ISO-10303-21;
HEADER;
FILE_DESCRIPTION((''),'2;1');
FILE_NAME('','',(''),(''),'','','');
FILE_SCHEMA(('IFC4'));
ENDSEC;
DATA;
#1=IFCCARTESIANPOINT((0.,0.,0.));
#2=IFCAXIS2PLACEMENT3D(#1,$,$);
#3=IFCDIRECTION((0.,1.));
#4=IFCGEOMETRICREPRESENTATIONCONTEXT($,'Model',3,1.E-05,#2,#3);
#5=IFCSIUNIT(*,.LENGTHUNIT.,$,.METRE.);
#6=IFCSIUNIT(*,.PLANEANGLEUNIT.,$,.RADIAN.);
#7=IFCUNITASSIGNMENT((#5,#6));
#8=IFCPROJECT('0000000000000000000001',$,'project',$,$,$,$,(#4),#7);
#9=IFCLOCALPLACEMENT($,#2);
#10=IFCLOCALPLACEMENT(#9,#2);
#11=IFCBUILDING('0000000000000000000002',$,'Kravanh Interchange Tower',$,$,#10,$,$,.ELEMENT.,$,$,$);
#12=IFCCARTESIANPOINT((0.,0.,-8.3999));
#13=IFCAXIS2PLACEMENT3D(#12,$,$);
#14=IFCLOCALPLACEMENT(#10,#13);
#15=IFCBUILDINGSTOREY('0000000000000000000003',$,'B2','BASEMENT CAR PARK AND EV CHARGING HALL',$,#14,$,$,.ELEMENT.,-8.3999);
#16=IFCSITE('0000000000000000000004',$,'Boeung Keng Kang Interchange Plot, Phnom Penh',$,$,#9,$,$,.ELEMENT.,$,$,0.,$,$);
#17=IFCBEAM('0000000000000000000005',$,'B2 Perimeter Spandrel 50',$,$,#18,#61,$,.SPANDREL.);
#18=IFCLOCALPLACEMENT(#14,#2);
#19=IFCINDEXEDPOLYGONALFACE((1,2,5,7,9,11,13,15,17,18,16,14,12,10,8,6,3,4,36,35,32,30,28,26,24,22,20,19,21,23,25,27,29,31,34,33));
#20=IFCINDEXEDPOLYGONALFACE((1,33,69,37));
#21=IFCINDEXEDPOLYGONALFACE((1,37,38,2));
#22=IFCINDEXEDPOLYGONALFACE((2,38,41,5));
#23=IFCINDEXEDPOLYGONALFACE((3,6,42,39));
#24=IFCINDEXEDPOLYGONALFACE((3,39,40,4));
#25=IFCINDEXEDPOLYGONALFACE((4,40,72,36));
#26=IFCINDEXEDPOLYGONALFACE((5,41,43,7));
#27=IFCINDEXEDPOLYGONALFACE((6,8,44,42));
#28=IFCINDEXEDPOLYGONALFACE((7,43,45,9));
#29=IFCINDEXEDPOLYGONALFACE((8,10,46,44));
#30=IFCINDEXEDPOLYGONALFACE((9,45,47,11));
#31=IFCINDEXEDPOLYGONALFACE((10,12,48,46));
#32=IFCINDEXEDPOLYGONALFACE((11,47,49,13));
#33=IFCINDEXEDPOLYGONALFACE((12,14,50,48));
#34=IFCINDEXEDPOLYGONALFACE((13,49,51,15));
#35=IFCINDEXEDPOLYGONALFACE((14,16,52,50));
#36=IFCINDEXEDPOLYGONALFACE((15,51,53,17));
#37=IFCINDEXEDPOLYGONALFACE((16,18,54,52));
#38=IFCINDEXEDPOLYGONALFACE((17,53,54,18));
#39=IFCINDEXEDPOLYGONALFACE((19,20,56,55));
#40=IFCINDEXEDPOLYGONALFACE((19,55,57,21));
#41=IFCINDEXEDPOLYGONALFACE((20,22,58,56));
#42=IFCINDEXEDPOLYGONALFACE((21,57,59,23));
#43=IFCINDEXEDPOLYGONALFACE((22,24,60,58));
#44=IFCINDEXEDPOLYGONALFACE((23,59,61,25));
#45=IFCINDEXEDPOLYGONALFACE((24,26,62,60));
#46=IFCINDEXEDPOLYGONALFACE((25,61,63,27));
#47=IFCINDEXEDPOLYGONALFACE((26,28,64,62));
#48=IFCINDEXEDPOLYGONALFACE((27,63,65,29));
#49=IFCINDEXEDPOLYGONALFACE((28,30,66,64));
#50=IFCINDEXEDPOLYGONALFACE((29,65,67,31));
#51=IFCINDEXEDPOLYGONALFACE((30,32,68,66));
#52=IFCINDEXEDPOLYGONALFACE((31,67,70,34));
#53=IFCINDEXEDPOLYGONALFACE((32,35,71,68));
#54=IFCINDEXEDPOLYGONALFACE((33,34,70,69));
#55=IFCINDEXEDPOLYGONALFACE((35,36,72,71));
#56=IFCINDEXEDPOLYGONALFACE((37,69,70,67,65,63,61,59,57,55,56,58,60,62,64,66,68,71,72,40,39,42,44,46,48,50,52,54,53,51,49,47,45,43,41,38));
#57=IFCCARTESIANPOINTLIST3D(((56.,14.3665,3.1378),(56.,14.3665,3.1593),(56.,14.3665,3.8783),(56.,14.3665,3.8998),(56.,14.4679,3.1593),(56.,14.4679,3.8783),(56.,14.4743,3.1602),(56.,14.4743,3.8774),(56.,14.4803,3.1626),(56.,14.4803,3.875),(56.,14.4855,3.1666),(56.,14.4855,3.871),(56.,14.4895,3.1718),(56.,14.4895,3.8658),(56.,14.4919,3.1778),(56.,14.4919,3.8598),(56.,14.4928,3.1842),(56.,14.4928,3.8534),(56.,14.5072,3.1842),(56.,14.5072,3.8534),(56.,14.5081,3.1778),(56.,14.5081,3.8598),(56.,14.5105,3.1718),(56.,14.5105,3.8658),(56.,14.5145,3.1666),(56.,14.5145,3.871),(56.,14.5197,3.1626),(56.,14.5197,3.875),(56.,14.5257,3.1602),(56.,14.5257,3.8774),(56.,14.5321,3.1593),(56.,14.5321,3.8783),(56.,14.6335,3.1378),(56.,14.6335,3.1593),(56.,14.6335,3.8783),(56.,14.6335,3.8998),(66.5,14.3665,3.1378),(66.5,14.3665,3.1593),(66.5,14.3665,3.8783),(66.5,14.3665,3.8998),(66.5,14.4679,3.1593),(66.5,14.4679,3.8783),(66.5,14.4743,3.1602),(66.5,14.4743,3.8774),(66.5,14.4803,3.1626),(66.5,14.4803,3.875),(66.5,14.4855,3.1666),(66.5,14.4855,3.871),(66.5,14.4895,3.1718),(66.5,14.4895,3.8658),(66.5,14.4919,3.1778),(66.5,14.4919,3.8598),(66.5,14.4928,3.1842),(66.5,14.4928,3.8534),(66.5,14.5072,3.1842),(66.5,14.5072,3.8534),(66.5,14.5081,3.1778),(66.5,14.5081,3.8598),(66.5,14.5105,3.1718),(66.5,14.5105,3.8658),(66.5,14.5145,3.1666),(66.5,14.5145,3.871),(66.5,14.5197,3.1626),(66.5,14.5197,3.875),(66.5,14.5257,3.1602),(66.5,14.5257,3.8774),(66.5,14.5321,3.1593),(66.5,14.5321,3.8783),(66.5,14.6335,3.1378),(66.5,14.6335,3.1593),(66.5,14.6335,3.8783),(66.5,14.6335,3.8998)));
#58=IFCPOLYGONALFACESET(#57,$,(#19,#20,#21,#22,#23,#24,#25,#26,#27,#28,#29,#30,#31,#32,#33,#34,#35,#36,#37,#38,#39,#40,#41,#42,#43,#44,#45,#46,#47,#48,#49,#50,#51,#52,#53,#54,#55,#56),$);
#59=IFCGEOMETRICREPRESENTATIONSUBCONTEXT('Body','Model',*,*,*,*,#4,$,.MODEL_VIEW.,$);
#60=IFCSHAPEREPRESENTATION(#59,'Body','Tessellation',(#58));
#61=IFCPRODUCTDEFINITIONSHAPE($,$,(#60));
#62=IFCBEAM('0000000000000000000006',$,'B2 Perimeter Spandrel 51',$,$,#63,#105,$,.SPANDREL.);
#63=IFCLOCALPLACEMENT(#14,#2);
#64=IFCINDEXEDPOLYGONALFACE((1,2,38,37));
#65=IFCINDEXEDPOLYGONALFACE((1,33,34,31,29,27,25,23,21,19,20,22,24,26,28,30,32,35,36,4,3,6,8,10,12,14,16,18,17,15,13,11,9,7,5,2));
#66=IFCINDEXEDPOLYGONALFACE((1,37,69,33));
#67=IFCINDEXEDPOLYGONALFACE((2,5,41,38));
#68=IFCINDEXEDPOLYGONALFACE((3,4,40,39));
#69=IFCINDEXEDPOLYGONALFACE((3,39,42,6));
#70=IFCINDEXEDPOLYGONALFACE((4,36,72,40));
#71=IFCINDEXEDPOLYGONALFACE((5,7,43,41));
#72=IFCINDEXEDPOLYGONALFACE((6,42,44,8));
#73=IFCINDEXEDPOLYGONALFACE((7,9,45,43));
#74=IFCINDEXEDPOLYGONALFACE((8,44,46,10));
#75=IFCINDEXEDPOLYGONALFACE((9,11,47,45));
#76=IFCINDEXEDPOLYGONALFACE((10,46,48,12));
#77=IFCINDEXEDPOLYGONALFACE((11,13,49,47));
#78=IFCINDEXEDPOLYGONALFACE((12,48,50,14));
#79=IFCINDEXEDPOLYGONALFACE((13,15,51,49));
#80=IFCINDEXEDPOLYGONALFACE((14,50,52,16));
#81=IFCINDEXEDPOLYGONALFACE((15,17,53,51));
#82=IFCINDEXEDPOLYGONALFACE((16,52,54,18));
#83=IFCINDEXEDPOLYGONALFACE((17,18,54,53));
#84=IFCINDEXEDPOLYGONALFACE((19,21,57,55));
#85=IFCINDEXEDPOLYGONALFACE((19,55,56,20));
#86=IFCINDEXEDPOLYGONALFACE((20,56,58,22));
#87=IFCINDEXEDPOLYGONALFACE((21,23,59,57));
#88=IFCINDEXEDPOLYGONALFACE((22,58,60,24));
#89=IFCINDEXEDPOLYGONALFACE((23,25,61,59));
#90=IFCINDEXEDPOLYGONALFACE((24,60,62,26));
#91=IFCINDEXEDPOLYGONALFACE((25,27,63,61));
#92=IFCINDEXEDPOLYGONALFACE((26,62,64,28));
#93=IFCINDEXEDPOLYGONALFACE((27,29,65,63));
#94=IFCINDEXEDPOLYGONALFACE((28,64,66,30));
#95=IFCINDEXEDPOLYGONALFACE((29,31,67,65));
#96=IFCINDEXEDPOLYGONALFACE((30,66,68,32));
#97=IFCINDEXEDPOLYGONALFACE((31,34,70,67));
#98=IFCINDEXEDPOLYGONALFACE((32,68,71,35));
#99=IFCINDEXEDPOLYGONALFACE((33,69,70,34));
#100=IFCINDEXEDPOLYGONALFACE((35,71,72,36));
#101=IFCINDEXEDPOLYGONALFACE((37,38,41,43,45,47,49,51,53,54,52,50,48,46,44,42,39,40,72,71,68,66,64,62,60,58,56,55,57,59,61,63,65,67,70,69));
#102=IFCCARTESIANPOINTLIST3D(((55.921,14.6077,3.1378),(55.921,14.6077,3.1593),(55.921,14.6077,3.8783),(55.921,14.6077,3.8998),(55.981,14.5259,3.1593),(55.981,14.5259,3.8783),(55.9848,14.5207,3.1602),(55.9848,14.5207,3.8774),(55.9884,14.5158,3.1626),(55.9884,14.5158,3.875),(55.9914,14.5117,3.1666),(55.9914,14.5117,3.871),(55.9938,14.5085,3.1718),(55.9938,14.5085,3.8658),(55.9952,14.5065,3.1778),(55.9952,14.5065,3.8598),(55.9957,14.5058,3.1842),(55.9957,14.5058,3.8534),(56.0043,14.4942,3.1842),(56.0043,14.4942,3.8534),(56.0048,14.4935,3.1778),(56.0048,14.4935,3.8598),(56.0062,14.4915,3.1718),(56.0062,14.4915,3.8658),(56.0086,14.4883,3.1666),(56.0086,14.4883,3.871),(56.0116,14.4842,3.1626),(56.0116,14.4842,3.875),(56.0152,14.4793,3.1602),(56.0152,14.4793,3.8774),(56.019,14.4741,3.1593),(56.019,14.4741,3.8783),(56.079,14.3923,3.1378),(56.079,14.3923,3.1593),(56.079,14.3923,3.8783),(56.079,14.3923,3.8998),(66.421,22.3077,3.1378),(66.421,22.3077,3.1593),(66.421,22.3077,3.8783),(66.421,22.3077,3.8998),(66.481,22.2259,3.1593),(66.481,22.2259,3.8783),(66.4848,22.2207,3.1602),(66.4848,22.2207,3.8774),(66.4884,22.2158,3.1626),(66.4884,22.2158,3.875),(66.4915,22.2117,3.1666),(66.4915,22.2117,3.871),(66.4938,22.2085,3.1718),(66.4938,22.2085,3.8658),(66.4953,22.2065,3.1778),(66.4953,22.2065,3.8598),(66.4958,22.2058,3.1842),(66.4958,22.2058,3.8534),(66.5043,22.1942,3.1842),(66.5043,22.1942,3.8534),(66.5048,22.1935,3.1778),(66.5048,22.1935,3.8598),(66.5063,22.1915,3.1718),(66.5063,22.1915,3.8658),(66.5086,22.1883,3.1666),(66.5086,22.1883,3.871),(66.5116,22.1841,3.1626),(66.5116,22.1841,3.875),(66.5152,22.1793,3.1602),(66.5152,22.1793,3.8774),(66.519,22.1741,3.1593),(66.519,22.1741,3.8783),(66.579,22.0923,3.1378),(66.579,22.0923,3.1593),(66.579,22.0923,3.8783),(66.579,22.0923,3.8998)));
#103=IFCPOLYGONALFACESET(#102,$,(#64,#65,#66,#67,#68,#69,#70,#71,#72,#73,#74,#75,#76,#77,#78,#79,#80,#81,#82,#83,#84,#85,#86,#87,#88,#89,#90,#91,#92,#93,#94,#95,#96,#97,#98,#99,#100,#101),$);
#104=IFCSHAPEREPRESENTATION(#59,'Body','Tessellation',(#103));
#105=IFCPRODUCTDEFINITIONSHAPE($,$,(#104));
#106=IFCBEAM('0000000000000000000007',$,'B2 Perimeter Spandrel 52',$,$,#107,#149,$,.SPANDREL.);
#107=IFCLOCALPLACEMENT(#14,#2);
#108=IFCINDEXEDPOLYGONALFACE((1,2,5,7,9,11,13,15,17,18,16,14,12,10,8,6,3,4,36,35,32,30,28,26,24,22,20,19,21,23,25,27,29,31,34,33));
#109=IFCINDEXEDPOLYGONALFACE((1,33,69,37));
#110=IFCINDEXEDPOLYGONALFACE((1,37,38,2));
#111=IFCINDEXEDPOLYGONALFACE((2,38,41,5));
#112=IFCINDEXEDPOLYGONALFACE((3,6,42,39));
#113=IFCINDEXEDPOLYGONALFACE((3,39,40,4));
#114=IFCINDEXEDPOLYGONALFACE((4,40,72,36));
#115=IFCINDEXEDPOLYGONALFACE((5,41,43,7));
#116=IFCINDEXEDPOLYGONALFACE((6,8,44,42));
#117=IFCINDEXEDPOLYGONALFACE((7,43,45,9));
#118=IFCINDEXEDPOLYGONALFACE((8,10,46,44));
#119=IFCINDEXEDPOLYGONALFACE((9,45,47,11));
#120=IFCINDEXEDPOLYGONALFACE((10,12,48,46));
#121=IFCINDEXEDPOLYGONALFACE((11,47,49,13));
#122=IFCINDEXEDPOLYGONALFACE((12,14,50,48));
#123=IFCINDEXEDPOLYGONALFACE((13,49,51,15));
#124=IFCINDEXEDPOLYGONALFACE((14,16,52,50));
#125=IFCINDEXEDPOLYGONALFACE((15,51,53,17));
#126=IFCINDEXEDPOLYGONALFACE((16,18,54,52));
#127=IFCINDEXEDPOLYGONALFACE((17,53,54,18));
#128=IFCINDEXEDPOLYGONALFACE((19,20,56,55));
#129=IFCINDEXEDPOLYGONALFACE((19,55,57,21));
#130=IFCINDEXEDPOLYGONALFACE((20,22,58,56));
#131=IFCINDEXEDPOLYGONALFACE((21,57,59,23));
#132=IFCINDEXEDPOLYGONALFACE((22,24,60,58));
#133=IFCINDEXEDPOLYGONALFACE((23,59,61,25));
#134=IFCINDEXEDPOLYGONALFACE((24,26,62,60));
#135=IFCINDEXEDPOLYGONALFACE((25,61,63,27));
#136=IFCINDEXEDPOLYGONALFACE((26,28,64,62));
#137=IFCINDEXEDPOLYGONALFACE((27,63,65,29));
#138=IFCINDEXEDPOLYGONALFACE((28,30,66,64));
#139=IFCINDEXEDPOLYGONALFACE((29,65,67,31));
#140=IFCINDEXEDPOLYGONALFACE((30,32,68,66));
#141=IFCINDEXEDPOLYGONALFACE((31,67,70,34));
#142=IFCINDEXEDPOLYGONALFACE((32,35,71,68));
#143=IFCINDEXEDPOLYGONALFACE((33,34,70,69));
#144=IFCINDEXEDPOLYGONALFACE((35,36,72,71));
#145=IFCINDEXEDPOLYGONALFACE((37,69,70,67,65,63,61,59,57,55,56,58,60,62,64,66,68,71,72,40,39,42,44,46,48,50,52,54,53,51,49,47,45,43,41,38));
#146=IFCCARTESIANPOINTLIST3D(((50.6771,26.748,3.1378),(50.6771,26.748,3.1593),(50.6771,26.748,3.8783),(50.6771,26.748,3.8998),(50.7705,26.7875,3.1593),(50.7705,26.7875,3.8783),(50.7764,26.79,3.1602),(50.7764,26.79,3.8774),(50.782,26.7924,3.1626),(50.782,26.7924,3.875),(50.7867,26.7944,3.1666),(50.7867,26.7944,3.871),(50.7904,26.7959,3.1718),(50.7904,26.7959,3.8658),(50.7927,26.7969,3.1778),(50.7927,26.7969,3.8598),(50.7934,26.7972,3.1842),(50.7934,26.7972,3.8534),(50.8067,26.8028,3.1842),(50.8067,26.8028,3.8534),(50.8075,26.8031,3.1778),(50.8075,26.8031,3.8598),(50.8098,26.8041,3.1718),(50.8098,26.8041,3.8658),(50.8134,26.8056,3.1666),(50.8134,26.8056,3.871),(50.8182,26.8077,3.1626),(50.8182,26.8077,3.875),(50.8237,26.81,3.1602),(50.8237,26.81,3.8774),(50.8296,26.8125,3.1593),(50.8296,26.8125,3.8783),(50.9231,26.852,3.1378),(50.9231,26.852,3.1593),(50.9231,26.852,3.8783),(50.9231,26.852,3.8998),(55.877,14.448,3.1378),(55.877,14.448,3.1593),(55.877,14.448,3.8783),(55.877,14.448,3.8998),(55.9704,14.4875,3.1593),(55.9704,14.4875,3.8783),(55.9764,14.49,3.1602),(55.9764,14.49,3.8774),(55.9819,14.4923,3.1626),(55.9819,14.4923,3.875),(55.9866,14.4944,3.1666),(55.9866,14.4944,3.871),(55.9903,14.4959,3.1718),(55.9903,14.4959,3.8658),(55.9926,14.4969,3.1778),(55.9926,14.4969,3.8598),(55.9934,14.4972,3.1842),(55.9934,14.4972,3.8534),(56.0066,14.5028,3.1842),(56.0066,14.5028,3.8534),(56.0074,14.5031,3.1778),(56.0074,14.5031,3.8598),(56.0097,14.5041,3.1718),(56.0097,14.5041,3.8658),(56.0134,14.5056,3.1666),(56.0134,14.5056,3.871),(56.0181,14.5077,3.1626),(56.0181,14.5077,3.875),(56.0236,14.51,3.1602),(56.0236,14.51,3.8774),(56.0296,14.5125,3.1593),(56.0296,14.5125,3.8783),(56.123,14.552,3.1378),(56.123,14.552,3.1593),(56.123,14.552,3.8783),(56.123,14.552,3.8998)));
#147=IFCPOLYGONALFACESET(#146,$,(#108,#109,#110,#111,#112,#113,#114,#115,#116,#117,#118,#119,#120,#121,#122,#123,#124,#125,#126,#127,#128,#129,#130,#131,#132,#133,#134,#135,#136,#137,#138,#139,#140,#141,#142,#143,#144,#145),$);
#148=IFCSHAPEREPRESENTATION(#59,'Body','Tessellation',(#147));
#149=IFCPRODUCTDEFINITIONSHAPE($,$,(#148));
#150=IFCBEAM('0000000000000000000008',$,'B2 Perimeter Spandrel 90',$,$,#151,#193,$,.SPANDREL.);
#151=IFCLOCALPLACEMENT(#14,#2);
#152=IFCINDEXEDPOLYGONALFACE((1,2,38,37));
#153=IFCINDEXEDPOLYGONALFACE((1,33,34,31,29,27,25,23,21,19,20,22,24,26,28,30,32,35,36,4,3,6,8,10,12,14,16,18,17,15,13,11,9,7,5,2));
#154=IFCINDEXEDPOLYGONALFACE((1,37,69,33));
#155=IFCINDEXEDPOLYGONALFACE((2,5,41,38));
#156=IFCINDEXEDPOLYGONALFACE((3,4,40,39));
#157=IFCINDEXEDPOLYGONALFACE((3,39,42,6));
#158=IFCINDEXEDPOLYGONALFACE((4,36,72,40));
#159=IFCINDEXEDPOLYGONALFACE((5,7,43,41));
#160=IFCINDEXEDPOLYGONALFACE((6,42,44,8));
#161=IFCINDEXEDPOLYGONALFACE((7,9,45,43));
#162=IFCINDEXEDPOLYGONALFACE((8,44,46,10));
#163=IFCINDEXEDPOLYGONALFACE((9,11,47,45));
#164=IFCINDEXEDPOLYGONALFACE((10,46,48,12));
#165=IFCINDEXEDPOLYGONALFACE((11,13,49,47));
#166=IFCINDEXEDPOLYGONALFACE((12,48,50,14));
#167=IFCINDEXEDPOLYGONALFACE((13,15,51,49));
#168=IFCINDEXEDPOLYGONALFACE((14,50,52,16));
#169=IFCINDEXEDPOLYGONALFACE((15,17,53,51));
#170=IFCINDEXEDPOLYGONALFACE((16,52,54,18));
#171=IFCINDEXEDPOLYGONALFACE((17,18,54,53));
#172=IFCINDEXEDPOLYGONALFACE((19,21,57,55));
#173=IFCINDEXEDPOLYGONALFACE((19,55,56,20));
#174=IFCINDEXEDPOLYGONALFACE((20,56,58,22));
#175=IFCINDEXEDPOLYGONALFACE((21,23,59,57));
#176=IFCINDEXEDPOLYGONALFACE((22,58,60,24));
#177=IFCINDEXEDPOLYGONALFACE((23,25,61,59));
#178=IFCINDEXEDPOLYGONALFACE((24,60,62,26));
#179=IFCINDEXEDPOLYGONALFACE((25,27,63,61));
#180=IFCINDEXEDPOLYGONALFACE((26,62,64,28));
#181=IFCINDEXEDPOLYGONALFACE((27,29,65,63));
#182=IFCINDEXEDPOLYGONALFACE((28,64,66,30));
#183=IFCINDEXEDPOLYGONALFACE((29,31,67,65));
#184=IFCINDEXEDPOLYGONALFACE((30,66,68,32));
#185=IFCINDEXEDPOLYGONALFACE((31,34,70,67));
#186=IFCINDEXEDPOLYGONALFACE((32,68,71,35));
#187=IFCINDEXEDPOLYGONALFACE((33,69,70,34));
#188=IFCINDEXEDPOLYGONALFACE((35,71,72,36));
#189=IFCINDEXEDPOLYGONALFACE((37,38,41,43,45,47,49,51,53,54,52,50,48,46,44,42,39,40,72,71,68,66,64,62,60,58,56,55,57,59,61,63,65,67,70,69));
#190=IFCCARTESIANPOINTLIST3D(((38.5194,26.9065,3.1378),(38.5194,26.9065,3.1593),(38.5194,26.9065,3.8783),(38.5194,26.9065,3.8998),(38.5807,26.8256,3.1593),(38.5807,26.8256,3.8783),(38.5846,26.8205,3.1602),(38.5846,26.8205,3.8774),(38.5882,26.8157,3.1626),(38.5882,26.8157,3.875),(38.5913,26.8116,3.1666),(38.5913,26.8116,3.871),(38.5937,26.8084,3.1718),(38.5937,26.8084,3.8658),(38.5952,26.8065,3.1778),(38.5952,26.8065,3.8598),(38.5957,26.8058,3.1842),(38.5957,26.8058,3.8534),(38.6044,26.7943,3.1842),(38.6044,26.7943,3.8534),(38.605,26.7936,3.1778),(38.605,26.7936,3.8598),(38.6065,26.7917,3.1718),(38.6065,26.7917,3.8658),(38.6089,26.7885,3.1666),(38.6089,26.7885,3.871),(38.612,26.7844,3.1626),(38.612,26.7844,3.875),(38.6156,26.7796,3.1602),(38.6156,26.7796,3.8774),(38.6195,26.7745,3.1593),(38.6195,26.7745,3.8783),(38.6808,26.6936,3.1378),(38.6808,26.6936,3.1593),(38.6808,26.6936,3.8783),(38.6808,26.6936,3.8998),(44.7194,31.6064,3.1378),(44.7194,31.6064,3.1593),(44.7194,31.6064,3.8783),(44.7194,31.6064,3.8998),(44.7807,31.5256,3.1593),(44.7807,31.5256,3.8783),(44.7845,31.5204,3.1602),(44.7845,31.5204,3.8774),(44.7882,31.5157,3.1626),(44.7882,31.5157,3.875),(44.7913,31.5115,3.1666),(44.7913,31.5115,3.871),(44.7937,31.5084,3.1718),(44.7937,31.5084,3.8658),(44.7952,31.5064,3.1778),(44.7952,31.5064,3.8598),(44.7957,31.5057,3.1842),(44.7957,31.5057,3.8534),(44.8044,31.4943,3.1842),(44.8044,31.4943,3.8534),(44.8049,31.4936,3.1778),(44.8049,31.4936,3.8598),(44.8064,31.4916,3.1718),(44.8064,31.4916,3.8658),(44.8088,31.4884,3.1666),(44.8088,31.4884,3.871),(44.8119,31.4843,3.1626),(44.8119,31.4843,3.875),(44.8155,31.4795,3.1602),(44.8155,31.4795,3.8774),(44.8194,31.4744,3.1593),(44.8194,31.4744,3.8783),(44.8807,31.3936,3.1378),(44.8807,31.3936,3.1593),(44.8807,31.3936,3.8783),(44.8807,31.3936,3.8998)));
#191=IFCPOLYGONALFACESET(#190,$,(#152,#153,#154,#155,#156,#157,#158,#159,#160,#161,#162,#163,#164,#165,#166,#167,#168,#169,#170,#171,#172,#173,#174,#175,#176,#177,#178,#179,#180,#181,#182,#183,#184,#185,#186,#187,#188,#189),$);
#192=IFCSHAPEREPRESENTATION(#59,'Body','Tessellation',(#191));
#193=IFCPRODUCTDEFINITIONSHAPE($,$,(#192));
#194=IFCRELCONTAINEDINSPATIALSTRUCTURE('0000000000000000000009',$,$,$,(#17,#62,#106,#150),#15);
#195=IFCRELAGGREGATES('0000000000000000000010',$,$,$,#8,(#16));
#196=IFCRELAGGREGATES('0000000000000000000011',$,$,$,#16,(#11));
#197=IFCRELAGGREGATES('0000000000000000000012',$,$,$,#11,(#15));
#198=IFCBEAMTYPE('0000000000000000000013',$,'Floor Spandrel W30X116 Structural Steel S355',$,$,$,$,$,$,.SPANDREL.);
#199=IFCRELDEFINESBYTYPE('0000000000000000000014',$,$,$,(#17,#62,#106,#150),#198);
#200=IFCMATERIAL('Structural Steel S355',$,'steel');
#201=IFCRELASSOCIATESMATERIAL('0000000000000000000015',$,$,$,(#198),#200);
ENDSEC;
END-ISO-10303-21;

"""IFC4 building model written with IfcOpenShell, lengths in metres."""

from ifc_helpers import new_model, si_unit, direction, frame, origin, origin_2d, place, context, subcontext, project, spatial, i_section, extrude, material, material_profile, profile_set, type_object, element, save


model = new_model("IFC4")

# Units and contexts
model_context = context("Model", 3, precision=1e-05, world=origin(), true_north=direction((0.0, 1.0)))
body_context = subcontext(model_context, "Body", "Model", "MODEL_VIEW")
ifc_project = project(units=[si_unit("LENGTHUNIT", "METRE"), si_unit("PLANEANGLEUNIT", "RADIAN")], contexts=[model_context])

# Site, building, storey
site_placement = place(None, origin())
site = spatial("IfcSite", under=ifc_project, at=site_placement, Name="Boeung Keng Kang Interchange Plot, Phnom Penh", CompositionType="ELEMENT", RefElevation=0.0)
building_placement = place(site_placement, origin())
building = spatial("IfcBuilding", under=site, at=building_placement, Name="Kravanh Interchange Tower", CompositionType="ELEMENT")
storey_placement = place(building_placement, frame((0.0, 0.0, -8.3999)))
storey = spatial("IfcBuildingStorey", under=building, at=storey_placement, Name="B2", Description="BASEMENT CAR PARK AND EV CHARGING HALL", CompositionType="ELEMENT", Elevation=-8.3999)

# Beams
ifc_material_1 = material(Name="Structural Steel S355", Category="steel")
ifc_material_profile_1 = material_profile(ifc_material_1, i_section(OverallWidth=0.2671, OverallDepth=0.762, WebThickness=0.0144, FlangeThickness=0.0215, FilletRadius=0.0249, at=origin_2d()), Name="W30X116")
ifc_profile_set_1 = profile_set([ifc_material_profile_1], Name="Structural Steel S355")
beam_type_1 = type_object("IfcBeamType", Name="Floor Spandrel W30X116 Structural Steel S355", PredefinedType="SPANDREL", material=ifc_profile_set_1)
beam_1_placement = place(storey_placement, frame((56.0, 14.5, 3.5188), z_axis=(1.0, 0.0, 0.0), x_axis=(0.0, 1.0, 0.0)))
element("IfcBeam", 1, at=beam_1_placement, inside=storey, type_object=beam_type_1, Name="B2 Perimeter Spandrel 50", PredefinedType="SPANDREL", context=body_context, shape_type="SweptSolid", body=[
    extrude(i_section(OverallWidth=0.2671, OverallDepth=0.762, WebThickness=0.0144, FlangeThickness=0.0215, FilletRadius=0.0249, at=origin_2d()), origin(), (0.0, 0.0, 1.0), 10.5),
])
beam_2_placement = place(storey_placement, frame((56.0, 14.5, 3.5188), z_axis=(0.806407, 0.591361, 0.0), x_axis=(-0.591361, 0.806407, 0.0)))
element("IfcBeam", 2, at=beam_2_placement, inside=storey, type_object=beam_type_1, Name="B2 Perimeter Spandrel 51", PredefinedType="SPANDREL", context=body_context, shape_type="SweptSolid", body=[
    extrude(i_section(OverallWidth=0.2671, OverallDepth=0.762, WebThickness=0.0144, FlangeThickness=0.0215, FilletRadius=0.0249, at=origin_2d()), origin(), (0.0, 0.0, 1.0), 13.0208),
])
beam_3_placement = place(storey_placement, frame((56.0, 14.5, 3.5188), z_axis=(-0.389391, 0.921072, 0.0), x_axis=(-0.921072, -0.389391, 0.0)))
element("IfcBeam", 3, at=beam_3_placement, inside=storey, type_object=beam_type_1, Name="B2 Perimeter Spandrel 52", PredefinedType="SPANDREL", context=body_context, shape_type="SweptSolid", body=[
    extrude(i_section(OverallWidth=0.2671, OverallDepth=0.762, WebThickness=0.0144, FlangeThickness=0.0215, FilletRadius=0.0249, at=origin_2d()), origin(), (0.0, 0.0, 1.0), 13.354),
])
beam_4_placement = place(storey_placement, frame((38.6001, 26.8, 3.5188), z_axis=(0.796905, 0.604104, 0.0), x_axis=(-0.604104, 0.796905, 0.0)))
element("IfcBeam", 4, at=beam_4_placement, inside=storey, type_object=beam_type_1, Name="B2 Perimeter Spandrel 90", PredefinedType="SPANDREL", context=body_context, shape_type="SweptSolid", body=[
    extrude(i_section(OverallWidth=0.2671, OverallDepth=0.762, WebThickness=0.0144, FlangeThickness=0.0215, FilletRadius=0.0249, at=origin_2d()), origin(), (0.0, 0.0, 1.0), 7.78),
])

save(model, "model.ifc")
